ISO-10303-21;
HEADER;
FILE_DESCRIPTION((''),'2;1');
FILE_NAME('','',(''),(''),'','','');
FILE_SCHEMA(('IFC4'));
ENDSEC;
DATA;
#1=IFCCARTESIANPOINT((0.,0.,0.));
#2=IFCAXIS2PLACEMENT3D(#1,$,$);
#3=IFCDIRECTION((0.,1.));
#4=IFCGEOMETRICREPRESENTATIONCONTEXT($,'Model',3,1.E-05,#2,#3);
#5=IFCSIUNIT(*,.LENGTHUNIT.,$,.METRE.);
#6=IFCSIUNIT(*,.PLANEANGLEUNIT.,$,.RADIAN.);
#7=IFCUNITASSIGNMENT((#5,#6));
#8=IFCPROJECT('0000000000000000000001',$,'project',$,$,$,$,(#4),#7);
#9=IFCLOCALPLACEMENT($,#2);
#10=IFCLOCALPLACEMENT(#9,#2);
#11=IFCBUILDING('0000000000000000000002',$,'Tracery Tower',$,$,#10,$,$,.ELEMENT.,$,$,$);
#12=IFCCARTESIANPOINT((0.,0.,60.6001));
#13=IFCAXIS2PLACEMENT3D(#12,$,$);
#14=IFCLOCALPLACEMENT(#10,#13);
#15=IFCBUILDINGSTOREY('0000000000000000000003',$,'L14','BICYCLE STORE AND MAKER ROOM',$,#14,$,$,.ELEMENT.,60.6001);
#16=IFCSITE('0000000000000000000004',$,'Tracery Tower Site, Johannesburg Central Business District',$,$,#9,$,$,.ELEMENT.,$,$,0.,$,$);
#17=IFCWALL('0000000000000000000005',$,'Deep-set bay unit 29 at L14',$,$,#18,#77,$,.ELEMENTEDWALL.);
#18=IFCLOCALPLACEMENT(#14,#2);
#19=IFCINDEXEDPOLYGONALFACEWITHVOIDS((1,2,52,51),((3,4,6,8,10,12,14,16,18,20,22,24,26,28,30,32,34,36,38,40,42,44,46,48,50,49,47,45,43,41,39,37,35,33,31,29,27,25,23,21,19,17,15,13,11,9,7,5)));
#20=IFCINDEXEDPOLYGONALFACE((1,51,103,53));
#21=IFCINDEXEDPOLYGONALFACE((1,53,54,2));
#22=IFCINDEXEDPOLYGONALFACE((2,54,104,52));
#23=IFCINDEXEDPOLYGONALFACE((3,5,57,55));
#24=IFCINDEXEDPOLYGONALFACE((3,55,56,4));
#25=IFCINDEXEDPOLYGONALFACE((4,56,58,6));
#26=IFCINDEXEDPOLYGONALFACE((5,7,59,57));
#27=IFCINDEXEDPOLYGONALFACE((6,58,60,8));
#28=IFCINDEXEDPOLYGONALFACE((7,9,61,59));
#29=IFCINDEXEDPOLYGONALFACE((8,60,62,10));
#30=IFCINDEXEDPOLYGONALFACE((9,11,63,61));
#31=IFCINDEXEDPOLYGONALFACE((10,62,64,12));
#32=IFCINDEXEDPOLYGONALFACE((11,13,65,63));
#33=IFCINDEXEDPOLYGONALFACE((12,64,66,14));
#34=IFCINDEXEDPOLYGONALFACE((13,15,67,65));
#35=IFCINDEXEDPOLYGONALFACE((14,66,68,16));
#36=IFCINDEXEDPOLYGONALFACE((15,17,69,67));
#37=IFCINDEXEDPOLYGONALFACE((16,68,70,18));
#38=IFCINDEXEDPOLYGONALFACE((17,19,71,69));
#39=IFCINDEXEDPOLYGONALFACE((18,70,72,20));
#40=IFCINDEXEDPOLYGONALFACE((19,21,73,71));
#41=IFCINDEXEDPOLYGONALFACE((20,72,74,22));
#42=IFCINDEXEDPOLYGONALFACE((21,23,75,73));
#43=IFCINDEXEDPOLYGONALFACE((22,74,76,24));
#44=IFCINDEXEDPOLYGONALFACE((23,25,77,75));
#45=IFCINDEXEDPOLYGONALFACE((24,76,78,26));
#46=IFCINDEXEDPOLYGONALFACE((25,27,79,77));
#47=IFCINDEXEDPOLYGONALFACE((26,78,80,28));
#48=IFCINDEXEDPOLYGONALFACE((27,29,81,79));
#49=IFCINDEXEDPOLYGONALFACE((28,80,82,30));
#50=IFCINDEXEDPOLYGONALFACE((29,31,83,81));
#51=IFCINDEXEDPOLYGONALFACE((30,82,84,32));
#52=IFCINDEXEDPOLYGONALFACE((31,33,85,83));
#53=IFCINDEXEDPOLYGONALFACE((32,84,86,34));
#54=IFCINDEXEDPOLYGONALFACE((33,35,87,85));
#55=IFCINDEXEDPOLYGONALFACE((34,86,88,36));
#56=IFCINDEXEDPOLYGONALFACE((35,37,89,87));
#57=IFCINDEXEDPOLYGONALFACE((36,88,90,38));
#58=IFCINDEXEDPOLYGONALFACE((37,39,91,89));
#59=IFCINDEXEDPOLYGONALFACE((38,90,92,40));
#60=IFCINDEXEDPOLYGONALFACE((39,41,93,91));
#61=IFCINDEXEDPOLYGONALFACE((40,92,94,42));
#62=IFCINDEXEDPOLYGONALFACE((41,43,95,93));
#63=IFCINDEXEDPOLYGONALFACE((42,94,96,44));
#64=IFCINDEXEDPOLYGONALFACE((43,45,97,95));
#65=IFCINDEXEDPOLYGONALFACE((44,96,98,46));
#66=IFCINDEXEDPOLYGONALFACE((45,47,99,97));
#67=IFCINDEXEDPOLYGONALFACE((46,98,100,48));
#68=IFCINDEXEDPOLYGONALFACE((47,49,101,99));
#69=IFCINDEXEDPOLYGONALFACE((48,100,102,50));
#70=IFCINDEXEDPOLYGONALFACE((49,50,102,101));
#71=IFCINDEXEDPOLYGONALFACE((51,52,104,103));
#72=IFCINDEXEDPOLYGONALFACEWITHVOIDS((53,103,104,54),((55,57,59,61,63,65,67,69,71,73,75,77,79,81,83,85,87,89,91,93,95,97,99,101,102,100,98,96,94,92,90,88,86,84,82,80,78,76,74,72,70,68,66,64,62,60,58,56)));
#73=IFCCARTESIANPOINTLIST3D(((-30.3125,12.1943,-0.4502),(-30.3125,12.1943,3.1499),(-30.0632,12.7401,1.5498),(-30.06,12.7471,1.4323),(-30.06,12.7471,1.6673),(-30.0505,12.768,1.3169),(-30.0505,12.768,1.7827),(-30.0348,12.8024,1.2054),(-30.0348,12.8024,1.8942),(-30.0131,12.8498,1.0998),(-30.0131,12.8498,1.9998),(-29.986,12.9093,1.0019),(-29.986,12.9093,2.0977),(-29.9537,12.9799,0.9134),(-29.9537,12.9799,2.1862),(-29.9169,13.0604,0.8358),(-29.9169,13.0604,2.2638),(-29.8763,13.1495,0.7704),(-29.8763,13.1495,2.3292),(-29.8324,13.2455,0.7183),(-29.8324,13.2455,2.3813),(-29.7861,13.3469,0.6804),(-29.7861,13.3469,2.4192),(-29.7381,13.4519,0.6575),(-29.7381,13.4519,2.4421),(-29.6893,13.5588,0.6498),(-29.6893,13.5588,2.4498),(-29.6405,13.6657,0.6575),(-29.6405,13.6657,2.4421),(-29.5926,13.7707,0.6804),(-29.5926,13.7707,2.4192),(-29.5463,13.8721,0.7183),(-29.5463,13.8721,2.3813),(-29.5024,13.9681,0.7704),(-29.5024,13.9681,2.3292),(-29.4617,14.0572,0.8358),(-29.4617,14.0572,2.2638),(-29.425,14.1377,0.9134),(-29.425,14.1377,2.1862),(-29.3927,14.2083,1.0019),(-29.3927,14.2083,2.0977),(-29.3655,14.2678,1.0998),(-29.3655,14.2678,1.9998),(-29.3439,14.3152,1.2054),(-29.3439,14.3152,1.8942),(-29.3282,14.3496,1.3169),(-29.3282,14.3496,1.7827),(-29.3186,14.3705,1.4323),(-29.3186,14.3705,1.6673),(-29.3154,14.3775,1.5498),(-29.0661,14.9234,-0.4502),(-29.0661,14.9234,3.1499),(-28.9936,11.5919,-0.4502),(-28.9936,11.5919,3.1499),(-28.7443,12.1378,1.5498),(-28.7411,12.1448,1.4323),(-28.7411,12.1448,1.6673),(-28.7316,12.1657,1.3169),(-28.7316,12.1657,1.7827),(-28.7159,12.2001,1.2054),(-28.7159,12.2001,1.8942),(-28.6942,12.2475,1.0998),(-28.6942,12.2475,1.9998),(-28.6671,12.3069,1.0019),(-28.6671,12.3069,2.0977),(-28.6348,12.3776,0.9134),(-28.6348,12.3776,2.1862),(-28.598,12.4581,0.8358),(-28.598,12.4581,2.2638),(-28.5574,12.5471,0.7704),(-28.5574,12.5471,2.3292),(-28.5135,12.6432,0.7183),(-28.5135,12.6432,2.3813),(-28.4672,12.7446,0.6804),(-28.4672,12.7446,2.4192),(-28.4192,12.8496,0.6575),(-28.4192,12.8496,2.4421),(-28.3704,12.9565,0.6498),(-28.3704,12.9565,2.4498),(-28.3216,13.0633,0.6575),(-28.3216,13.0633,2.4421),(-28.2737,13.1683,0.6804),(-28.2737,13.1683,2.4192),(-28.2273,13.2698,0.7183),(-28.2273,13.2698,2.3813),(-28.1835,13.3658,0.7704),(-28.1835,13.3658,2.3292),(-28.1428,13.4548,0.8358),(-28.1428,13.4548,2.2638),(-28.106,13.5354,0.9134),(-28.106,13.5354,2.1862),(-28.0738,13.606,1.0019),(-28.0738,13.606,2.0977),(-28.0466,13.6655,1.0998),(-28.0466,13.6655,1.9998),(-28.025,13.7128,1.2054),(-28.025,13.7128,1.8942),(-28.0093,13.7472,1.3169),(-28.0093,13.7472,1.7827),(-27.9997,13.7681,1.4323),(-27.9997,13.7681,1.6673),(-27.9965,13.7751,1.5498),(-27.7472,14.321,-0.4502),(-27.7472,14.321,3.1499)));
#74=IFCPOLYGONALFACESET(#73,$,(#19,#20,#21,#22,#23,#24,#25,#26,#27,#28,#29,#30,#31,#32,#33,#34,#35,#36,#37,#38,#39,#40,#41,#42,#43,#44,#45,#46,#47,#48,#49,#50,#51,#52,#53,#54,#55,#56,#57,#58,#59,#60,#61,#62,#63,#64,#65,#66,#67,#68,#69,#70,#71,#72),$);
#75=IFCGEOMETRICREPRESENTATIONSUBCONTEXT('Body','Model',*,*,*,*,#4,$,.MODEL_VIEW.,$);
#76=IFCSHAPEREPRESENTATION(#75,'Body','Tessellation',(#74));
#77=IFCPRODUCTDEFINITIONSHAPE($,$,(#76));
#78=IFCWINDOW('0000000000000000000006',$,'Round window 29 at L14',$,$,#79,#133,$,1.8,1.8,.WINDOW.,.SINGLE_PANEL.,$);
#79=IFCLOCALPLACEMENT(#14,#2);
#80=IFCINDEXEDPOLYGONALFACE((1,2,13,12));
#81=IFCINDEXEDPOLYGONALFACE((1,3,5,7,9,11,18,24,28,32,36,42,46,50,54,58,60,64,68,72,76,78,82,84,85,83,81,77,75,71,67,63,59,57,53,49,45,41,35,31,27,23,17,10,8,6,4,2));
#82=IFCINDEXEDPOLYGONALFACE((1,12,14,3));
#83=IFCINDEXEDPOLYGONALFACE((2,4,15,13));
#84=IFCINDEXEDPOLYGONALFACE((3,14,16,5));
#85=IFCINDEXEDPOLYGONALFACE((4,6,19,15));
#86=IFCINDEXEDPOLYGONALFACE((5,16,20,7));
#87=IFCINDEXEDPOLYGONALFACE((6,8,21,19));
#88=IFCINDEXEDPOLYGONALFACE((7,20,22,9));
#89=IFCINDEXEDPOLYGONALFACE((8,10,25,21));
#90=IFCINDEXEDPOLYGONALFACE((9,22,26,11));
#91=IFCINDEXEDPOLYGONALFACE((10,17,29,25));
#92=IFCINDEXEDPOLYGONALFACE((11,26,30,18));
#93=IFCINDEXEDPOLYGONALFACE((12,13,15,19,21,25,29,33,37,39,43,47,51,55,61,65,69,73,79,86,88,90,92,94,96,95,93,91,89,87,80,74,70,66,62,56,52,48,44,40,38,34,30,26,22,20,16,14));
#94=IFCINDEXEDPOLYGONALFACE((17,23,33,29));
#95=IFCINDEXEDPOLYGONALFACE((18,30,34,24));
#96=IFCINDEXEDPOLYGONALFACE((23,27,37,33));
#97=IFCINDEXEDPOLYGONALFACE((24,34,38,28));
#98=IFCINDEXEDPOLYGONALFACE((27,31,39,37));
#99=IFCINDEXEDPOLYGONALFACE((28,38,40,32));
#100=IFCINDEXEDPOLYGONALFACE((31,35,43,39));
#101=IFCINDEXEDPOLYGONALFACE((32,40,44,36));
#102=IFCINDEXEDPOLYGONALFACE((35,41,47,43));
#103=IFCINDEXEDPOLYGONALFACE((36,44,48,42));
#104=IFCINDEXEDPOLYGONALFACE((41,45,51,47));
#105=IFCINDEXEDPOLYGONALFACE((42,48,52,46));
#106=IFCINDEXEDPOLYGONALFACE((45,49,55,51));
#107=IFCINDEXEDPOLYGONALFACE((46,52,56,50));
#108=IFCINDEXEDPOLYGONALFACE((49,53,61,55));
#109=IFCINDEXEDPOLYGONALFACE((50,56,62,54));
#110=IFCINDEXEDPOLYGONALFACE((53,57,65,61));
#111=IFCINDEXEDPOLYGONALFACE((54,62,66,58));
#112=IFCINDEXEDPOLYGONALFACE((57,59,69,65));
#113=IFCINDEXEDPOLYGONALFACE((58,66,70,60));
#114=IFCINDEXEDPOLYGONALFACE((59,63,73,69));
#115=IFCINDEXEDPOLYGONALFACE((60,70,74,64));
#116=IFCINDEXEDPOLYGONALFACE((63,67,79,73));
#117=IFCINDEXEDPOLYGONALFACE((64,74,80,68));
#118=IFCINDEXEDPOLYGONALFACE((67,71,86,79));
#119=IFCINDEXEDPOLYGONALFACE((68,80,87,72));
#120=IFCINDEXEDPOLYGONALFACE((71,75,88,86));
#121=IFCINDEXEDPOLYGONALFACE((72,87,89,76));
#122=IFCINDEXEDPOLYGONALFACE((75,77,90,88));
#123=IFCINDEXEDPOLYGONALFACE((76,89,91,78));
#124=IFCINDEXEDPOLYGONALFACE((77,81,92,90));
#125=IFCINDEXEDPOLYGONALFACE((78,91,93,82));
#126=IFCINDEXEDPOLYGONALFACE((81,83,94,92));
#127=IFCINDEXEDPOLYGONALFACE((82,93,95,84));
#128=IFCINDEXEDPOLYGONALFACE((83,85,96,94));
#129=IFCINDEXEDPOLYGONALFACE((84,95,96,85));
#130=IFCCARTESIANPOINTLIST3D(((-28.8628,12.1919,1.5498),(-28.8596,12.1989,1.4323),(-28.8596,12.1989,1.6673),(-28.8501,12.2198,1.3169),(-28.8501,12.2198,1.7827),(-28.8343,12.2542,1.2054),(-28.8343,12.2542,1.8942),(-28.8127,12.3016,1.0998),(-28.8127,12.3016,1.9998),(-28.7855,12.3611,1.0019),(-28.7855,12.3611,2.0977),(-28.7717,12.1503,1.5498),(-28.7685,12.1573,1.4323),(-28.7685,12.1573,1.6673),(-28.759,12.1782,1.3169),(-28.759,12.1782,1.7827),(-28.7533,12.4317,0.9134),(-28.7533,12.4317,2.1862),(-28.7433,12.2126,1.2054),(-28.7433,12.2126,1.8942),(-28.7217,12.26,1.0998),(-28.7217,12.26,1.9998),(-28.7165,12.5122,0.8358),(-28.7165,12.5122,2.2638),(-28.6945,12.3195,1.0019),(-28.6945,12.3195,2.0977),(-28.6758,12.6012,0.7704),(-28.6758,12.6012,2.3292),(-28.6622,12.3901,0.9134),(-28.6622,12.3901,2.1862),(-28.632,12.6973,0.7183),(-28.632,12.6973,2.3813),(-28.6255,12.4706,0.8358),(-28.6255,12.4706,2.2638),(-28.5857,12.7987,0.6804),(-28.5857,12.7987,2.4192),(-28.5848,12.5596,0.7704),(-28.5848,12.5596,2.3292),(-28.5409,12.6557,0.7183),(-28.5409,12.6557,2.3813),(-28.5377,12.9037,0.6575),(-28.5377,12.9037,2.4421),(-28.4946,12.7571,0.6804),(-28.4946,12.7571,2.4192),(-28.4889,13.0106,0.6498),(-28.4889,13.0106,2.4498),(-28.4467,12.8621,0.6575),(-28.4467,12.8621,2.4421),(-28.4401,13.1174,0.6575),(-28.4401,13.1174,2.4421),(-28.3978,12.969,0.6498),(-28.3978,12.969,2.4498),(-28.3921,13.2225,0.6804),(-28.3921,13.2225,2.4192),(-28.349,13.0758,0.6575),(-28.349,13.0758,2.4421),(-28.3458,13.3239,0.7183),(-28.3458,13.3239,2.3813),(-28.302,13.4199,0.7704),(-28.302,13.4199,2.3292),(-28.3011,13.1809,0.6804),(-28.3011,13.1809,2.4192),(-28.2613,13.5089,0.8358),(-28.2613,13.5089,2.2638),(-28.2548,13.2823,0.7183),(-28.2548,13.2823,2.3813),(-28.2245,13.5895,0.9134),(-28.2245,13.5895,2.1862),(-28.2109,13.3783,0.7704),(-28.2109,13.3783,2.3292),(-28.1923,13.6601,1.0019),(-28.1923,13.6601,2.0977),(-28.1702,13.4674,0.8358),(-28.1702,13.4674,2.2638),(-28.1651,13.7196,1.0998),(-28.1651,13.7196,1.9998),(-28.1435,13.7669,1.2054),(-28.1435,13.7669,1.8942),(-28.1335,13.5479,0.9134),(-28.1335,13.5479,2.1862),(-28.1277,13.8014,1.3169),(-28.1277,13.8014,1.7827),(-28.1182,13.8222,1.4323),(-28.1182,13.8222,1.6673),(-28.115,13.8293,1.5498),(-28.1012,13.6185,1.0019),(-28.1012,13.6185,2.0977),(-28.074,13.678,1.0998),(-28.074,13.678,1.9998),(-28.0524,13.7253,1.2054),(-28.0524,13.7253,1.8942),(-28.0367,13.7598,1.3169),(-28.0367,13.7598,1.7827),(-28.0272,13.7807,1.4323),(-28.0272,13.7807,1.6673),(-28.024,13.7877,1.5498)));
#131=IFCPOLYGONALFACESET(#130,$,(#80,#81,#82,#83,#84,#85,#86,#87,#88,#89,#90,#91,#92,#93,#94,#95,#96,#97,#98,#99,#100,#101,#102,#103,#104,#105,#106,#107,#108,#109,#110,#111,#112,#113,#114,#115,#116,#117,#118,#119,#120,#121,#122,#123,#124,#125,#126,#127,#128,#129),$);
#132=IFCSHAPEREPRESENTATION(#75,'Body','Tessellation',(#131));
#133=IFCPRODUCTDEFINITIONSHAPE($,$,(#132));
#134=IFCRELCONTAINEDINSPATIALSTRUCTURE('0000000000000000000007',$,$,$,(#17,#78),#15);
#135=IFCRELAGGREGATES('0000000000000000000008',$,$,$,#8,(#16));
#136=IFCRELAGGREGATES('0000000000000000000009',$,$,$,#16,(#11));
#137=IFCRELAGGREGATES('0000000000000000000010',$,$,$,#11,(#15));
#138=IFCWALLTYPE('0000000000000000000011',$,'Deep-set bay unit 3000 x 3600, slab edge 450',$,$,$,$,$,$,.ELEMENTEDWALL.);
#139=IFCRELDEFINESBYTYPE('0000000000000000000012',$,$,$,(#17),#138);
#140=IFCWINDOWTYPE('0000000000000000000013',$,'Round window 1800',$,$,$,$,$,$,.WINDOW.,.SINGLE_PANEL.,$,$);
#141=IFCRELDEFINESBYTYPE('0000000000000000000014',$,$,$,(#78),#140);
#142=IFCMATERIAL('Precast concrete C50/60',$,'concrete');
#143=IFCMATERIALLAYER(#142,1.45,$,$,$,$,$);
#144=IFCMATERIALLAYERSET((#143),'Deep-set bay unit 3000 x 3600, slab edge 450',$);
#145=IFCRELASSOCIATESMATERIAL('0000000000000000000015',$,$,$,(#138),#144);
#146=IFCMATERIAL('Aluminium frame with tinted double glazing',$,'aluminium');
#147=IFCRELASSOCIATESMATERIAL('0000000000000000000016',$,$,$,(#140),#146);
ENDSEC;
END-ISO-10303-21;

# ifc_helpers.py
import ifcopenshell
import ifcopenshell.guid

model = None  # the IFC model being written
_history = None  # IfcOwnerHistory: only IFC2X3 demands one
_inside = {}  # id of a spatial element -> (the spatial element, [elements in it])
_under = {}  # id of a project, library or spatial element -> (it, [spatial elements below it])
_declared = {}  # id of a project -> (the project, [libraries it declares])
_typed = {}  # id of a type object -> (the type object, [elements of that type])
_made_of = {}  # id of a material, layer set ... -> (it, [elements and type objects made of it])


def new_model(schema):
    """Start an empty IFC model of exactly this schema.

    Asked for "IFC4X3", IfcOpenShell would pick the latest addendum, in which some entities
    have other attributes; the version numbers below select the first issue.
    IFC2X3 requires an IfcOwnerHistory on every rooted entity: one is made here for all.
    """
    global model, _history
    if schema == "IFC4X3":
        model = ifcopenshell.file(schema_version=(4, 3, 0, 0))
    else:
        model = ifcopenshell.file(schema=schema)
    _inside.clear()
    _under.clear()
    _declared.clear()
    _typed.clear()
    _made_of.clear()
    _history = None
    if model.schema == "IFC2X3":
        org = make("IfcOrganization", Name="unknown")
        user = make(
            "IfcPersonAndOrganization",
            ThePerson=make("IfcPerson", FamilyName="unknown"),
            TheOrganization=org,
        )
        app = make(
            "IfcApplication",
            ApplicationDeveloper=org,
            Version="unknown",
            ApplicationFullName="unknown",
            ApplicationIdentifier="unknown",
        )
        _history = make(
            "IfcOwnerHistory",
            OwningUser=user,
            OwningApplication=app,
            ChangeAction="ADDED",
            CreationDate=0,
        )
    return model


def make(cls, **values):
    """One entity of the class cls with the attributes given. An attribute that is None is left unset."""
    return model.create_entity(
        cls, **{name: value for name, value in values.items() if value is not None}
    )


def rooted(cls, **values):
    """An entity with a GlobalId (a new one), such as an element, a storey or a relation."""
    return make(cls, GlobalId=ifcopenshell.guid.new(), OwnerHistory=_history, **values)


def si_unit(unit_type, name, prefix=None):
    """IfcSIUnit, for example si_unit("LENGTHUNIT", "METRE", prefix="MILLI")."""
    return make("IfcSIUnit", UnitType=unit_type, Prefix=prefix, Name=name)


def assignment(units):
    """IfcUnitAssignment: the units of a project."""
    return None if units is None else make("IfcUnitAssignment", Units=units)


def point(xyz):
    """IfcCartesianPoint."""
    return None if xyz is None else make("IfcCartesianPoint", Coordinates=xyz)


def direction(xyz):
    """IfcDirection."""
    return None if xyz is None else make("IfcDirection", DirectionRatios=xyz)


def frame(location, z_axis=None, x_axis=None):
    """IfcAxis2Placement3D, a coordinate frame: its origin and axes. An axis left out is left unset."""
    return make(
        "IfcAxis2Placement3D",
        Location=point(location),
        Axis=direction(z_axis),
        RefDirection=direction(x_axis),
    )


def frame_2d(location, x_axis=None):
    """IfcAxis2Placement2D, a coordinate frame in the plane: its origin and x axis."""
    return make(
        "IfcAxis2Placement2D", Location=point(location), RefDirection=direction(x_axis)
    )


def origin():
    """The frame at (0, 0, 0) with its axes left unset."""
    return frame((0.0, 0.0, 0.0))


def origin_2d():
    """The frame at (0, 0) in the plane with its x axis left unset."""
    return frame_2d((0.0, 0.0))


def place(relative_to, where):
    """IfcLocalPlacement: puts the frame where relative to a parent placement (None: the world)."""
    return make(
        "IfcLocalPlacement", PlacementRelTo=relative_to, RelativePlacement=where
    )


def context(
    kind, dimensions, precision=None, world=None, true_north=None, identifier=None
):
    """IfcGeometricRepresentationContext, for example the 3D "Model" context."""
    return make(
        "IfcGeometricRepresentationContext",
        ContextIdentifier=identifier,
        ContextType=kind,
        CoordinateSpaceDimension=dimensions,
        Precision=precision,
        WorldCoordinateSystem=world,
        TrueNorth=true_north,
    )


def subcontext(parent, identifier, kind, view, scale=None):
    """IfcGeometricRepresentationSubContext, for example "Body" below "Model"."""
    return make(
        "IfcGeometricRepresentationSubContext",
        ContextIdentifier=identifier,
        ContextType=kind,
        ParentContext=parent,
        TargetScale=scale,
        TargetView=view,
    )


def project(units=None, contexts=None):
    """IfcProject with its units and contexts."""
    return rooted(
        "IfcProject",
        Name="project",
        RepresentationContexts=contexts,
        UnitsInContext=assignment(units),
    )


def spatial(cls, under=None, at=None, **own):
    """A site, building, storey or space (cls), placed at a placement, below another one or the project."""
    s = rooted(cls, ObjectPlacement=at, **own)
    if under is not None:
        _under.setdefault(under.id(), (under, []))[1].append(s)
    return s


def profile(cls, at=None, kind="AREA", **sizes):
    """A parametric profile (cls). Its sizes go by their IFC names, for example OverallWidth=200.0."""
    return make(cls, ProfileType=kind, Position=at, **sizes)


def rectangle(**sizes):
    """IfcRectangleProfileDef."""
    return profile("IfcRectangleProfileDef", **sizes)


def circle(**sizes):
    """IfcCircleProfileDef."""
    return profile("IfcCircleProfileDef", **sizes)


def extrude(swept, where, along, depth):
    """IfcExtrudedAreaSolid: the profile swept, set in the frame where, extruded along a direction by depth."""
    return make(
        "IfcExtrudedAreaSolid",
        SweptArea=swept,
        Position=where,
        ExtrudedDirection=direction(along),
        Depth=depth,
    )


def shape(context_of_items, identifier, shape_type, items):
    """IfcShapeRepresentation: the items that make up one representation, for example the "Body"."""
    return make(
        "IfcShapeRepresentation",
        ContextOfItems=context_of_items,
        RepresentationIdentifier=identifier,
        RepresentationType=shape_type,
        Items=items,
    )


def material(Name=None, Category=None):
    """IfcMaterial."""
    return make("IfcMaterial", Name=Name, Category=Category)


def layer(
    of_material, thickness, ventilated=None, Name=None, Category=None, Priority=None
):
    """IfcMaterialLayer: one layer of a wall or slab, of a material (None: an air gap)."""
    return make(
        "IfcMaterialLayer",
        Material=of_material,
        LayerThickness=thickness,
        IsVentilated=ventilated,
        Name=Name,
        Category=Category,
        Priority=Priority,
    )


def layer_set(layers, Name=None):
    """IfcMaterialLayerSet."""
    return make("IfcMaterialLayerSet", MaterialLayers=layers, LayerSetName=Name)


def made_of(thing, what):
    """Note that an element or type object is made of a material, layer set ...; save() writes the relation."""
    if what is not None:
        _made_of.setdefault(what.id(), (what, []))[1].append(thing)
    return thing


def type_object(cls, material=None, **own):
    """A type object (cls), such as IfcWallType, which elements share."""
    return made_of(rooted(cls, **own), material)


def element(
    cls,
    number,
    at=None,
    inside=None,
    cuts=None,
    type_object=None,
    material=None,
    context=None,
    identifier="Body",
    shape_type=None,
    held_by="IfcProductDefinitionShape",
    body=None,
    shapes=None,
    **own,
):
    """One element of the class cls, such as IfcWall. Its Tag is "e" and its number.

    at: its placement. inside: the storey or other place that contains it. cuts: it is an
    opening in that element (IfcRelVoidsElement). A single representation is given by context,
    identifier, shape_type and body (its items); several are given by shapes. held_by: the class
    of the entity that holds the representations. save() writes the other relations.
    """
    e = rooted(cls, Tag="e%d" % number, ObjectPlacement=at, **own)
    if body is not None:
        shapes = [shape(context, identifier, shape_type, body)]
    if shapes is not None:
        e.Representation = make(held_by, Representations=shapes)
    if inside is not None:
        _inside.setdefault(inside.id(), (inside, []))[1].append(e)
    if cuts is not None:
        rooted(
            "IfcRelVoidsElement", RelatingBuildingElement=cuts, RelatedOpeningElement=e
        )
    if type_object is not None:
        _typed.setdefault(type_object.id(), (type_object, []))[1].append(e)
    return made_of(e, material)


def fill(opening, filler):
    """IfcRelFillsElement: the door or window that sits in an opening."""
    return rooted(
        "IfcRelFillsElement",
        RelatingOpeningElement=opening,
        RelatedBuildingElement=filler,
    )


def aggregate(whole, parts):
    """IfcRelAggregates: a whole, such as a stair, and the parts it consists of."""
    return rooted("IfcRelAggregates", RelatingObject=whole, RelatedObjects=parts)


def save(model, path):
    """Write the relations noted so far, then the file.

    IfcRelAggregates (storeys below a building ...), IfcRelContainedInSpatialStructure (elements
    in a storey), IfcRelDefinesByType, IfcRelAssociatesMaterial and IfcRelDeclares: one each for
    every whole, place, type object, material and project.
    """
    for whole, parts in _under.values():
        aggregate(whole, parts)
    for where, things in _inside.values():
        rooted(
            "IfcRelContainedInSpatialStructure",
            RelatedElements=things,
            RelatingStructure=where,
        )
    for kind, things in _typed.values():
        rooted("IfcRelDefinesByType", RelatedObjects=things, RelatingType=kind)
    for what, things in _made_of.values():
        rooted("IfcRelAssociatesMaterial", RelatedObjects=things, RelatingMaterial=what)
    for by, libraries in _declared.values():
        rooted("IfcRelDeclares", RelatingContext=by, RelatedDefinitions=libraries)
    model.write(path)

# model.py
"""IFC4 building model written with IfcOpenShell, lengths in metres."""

from ifc_helpers import new_model, si_unit, direction, frame, frame_2d, origin, origin_2d, place, context, subcontext, project, spatial, rectangle, circle, extrude, material, layer, layer_set, type_object, element, fill, save


model = new_model("IFC4")

# Units and contexts
model_context = context("Model", 3, precision=1e-05, world=origin(), true_north=direction((0.0, 1.0)))
body_context = subcontext(model_context, "Body", "Model", "MODEL_VIEW")
ifc_project = project(units=[si_unit("LENGTHUNIT", "METRE"), si_unit("PLANEANGLEUNIT", "RADIAN")], contexts=[model_context])

# Site, building, storey
site_placement = place(None, origin())
site = spatial("IfcSite", under=ifc_project, at=site_placement, Name="Tracery Tower Site, Johannesburg Central Business District", CompositionType="ELEMENT", RefElevation=0.0)
building_placement = place(site_placement, origin())
building = spatial("IfcBuilding", under=site, at=building_placement, Name="Tracery Tower", CompositionType="ELEMENT")
storey_placement = place(building_placement, frame((0.0, 0.0, 60.6001)))
storey = spatial("IfcBuildingStorey", under=building, at=storey_placement, Name="L14", Description="BICYCLE STORE AND MAKER ROOM", CompositionType="ELEMENT", Elevation=60.6001)

# Wall, opening, window
ifc_material_1 = material(Name="Precast concrete C50/60", Category="concrete")
ifc_layer_1 = layer(ifc_material_1, 1.45)
ifc_layer_set_1 = layer_set([ifc_layer_1], Name="Deep-set bay unit 3000 x 3600, slab edge 450")
wall_type_1 = type_object("IfcWallType", Name="Deep-set bay unit 3000 x 3600, slab edge 450", PredefinedType="ELEMENTEDWALL", material=ifc_layer_set_1)
wall_1_placement = place(storey_placement, frame((-28.4067, 14.6221, -0.4502), z_axis=(0.0, 0.0, 1.0), x_axis=(-0.415427, -0.909627, 0.0)))
wall_1 = element("IfcWall", 1, at=wall_1_placement, inside=storey, type_object=wall_type_1, Name="Deep-set bay unit 29 at L14", PredefinedType="ELEMENTEDWALL", context=body_context, shape_type="SweptSolid", body=[
    extrude(rectangle(XDim=3.0002, YDim=1.45, at=frame_2d((1.5, 0.0))), origin(), (0.0, 0.0, 1.0), 3.6001),
])
opening_1_placement = place(wall_1_placement, frame((1.5, 0.0, 2.0)))
opening_1 = element("IfcOpeningElement", 2, at=opening_1_placement, cuts=wall_1, PredefinedType="OPENING", context=body_context, shape_type="SweptSolid", body=[
    extrude(circle(Radius=0.9, at=origin_2d()), frame((0.0, 0.7349, 0.0), z_axis=(0.0, -1.0, 0.0), x_axis=(1.0, 0.0, 0.0)), (0.0, 0.0, 1.0), 1.47),
])
ifc_material_2 = material(Name="Aluminium frame with tinted double glazing", Category="aluminium")
window_type = type_object("IfcWindowType", Name="Round window 1800", PartitioningType="SINGLE_PANEL", PredefinedType="WINDOW", material=ifc_material_2)
window_1_placement = place(opening_1_placement, origin())
window_1 = element("IfcWindow", 3, at=window_1_placement, inside=storey, type_object=window_type, Name="Round window 29 at L14", OverallHeight=1.8, OverallWidth=1.8, PartitioningType="SINGLE_PANEL", PredefinedType="WINDOW", context=body_context, shape_type="SweptSolid", body=[
    extrude(circle(Radius=0.9, at=origin_2d()), frame((0.0, 0.6948, 0.0), z_axis=(0.0, -1.0, 0.0), x_axis=(1.0, 0.0, 0.0)), (0.0, 0.0, 1.0), 0.1001),
])
fill(opening_1, window_1)

save(model, "model.ifc")
